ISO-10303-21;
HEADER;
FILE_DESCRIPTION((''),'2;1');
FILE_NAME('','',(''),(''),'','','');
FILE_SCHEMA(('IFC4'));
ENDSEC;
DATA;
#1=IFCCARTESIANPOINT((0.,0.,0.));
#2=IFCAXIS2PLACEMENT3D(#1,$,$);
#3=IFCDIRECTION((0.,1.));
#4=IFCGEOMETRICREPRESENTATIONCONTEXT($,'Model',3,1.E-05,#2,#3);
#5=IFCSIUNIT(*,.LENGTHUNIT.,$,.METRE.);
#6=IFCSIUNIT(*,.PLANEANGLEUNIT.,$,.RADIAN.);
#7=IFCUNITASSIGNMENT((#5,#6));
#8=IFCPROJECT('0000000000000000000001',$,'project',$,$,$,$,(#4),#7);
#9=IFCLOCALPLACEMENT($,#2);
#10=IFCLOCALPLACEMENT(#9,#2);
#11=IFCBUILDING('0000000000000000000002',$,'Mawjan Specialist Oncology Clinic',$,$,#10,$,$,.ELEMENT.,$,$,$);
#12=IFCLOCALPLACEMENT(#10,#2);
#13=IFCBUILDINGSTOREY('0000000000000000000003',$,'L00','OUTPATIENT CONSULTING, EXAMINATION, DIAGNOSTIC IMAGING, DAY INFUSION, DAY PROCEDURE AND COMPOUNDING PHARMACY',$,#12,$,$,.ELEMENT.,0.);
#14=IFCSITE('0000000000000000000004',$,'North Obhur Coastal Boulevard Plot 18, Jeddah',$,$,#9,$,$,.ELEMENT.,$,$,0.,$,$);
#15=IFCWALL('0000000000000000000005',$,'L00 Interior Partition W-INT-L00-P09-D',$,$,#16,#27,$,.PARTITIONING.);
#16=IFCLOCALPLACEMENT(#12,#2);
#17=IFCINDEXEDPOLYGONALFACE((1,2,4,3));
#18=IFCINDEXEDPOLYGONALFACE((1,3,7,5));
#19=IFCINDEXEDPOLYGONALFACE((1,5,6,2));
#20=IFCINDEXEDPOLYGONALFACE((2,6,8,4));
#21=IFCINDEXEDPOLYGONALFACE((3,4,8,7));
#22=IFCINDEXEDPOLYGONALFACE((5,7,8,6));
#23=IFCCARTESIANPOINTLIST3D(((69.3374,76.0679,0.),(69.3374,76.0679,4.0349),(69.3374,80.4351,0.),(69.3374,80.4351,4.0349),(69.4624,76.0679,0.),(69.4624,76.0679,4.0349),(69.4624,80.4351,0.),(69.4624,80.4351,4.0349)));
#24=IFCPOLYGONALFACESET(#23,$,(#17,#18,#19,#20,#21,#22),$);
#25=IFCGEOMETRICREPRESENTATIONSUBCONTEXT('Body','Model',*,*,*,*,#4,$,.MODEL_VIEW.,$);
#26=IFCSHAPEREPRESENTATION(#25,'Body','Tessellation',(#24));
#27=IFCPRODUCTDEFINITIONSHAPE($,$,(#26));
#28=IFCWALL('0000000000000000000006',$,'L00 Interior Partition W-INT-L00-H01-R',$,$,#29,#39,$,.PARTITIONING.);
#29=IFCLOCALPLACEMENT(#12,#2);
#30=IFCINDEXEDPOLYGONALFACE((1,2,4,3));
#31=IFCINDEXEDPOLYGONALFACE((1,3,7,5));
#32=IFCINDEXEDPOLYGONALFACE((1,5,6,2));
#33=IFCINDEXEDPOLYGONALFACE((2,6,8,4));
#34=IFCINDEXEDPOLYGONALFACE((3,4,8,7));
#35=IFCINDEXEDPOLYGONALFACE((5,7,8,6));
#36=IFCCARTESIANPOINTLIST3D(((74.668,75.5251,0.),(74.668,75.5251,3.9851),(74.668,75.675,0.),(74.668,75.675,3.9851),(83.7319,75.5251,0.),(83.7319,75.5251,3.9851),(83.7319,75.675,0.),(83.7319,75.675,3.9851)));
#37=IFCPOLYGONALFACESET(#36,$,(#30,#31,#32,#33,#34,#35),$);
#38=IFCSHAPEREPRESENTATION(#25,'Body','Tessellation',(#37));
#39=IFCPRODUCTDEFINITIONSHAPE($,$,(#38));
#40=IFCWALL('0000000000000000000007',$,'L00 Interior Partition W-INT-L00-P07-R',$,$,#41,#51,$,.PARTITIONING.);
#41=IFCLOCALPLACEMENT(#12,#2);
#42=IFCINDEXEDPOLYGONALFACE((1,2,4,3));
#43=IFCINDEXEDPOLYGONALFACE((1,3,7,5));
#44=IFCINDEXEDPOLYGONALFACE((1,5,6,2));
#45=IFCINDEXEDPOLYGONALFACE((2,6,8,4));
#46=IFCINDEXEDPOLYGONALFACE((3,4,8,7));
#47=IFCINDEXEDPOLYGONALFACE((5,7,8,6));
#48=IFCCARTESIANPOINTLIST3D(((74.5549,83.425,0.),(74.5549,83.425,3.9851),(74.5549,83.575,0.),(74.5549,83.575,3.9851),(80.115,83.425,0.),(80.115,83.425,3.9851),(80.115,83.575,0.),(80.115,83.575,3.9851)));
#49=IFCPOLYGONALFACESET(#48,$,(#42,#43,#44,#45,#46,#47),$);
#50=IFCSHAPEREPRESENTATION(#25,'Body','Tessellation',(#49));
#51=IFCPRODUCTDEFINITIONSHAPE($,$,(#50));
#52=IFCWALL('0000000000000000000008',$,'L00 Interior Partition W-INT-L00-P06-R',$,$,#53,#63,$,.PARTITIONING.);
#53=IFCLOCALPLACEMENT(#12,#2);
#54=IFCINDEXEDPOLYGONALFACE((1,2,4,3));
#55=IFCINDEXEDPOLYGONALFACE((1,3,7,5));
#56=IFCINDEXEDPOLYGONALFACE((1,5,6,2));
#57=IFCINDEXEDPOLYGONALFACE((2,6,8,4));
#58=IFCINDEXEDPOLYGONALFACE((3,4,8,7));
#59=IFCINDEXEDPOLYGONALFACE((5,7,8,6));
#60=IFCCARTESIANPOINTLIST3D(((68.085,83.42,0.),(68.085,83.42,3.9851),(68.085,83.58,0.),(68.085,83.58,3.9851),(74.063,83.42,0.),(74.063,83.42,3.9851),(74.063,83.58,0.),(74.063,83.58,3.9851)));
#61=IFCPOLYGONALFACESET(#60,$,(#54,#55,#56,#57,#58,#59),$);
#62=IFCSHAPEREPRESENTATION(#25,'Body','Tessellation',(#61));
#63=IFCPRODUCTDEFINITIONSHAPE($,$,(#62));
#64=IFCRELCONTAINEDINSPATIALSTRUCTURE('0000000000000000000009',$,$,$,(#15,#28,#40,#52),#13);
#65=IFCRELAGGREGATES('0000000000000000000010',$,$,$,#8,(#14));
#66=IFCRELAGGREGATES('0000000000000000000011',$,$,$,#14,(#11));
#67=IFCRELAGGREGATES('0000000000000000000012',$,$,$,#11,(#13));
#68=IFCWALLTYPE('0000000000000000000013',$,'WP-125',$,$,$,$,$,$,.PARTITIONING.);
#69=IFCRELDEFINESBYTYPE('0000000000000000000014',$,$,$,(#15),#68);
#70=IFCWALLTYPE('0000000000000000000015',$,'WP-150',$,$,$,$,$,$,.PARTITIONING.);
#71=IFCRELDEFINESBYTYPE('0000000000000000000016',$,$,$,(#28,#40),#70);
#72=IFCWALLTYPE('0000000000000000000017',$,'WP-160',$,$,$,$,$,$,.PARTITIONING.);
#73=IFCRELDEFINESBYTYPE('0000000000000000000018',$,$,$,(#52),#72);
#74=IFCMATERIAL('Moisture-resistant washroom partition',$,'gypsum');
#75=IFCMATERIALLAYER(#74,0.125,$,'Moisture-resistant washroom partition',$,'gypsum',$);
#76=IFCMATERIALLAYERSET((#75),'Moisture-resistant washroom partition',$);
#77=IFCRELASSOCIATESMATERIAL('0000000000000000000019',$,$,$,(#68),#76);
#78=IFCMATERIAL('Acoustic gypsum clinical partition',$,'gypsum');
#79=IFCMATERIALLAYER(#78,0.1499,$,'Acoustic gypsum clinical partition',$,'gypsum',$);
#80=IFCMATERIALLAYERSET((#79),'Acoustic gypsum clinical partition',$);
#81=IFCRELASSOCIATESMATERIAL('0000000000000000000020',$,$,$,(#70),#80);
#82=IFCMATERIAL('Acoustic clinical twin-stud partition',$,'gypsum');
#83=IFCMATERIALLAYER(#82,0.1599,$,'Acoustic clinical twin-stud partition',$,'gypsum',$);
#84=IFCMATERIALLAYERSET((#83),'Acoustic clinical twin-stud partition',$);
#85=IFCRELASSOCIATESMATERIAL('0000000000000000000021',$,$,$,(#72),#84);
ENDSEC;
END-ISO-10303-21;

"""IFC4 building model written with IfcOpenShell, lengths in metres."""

from ifc_helpers import new_model, si_unit, direction, frame, frame_2d, origin, place, context, subcontext, project, spatial, rectangle, extrude, material, layer, layer_set, type_object, element, save


model = new_model("IFC4")

# Units and contexts
model_context = context("Model", 3, precision=1e-05, world=origin(), true_north=direction((0.0, 1.0)))
body_context = subcontext(model_context, "Body", "Model", "MODEL_VIEW")
ifc_project = project(units=[si_unit("LENGTHUNIT", "METRE"), si_unit("PLANEANGLEUNIT", "RADIAN")], contexts=[model_context])

# Site, building, storey
site_placement = place(None, origin())
site = spatial("IfcSite", under=ifc_project, at=site_placement, Name="North Obhur Coastal Boulevard Plot 18, Jeddah", CompositionType="ELEMENT", RefElevation=0.0)
building_placement = place(site_placement, origin())
building = spatial("IfcBuilding", under=site, at=building_placement, Name="Mawjan Specialist Oncology Clinic", CompositionType="ELEMENT")
storey_placement = place(building_placement, origin())
storey = spatial("IfcBuildingStorey", under=building, at=storey_placement, Name="L00", Description="OUTPATIENT CONSULTING, EXAMINATION, DIAGNOSTIC IMAGING, DAY INFUSION, DAY PROCEDURE AND COMPOUNDING PHARMACY", CompositionType="ELEMENT", Elevation=0.0)

# Walls
ifc_material_1 = material(Name="Moisture-resistant washroom partition", Category="gypsum")
ifc_layer_1 = layer(ifc_material_1, 0.125, Name="Moisture-resistant washroom partition", Category="gypsum")
ifc_layer_set_1 = layer_set([ifc_layer_1], Name="Moisture-resistant washroom partition")
wall_type_1 = type_object("IfcWallType", Name="WP-125", PredefinedType="PARTITIONING", material=ifc_layer_set_1)
wall_1_placement = place(storey_placement, frame((69.3999, 76.0679, 0.0), z_axis=(0.0, 0.0, 1.0), x_axis=(0.0, 1.0, 0.0)))
element("IfcWall", 1, at=wall_1_placement, inside=storey, type_object=wall_type_1, Name="L00 Interior Partition W-INT-L00-P09-D", PredefinedType="PARTITIONING", context=body_context, shape_type="SweptSolid", body=[
    extrude(rectangle(XDim=4.3672, YDim=0.125, at=frame_2d((2.1836, 0.0))), origin(), (0.0, 0.0, 1.0), 4.0349),
])
ifc_material_2 = material(Name="Acoustic gypsum clinical partition", Category="gypsum")
ifc_layer_2 = layer(ifc_material_2, 0.1499, Name="Acoustic gypsum clinical partition", Category="gypsum")
ifc_layer_set_2 = layer_set([ifc_layer_2], Name="Acoustic gypsum clinical partition")
wall_type_2 = type_object("IfcWallType", Name="WP-150", PredefinedType="PARTITIONING", material=ifc_layer_set_2)
wall_2_placement = place(storey_placement, frame((74.668, 75.6001, 0.0), z_axis=(0.0, 0.0, 1.0), x_axis=(1.0, 0.0, 0.0)))
element("IfcWall", 2, at=wall_2_placement, inside=storey, type_object=wall_type_2, Name="L00 Interior Partition W-INT-L00-H01-R", PredefinedType="PARTITIONING", context=body_context, shape_type="SweptSolid", body=[
    extrude(rectangle(XDim=9.064, YDim=0.1499, at=frame_2d((4.532, 0.0))), origin(), (0.0, 0.0, 1.0), 3.9851),
])
wall_3_placement = place(storey_placement, frame((74.5549, 83.5, 0.0), z_axis=(0.0, 0.0, 1.0), x_axis=(1.0, 0.0, 0.0)))
element("IfcWall", 3, at=wall_3_placement, inside=storey, type_object=wall_type_2, Name="L00 Interior Partition W-INT-L00-P07-R", PredefinedType="PARTITIONING", context=body_context, shape_type="SweptSolid", body=[
    extrude(rectangle(XDim=5.5601, YDim=0.1499, at=frame_2d((2.78, 0.0))), origin(), (0.0, 0.0, 1.0), 3.9851),
])
ifc_material_3 = material(Name="Acoustic clinical twin-stud partition", Category="gypsum")
ifc_layer_3 = layer(ifc_material_3, 0.1599, Name="Acoustic clinical twin-stud partition", Category="gypsum")
ifc_layer_set_3 = layer_set([ifc_layer_3], Name="Acoustic clinical twin-stud partition")
wall_type_3 = type_object("IfcWallType", Name="WP-160", PredefinedType="PARTITIONING", material=ifc_layer_set_3)
wall_4_placement = place(storey_placement, frame((68.085, 83.5, 0.0), z_axis=(0.0, 0.0, 1.0), x_axis=(1.0, 0.0, 0.0)))
element("IfcWall", 4, at=wall_4_placement, inside=storey, type_object=wall_type_3, Name="L00 Interior Partition W-INT-L00-P06-R", PredefinedType="PARTITIONING", context=body_context, shape_type="SweptSolid", body=[
    extrude(rectangle(XDim=5.978, YDim=0.1599, at=frame_2d((2.989, 0.0))), origin(), (0.0, 0.0, 1.0), 3.9851),
])

save(model, "model.ifc")
